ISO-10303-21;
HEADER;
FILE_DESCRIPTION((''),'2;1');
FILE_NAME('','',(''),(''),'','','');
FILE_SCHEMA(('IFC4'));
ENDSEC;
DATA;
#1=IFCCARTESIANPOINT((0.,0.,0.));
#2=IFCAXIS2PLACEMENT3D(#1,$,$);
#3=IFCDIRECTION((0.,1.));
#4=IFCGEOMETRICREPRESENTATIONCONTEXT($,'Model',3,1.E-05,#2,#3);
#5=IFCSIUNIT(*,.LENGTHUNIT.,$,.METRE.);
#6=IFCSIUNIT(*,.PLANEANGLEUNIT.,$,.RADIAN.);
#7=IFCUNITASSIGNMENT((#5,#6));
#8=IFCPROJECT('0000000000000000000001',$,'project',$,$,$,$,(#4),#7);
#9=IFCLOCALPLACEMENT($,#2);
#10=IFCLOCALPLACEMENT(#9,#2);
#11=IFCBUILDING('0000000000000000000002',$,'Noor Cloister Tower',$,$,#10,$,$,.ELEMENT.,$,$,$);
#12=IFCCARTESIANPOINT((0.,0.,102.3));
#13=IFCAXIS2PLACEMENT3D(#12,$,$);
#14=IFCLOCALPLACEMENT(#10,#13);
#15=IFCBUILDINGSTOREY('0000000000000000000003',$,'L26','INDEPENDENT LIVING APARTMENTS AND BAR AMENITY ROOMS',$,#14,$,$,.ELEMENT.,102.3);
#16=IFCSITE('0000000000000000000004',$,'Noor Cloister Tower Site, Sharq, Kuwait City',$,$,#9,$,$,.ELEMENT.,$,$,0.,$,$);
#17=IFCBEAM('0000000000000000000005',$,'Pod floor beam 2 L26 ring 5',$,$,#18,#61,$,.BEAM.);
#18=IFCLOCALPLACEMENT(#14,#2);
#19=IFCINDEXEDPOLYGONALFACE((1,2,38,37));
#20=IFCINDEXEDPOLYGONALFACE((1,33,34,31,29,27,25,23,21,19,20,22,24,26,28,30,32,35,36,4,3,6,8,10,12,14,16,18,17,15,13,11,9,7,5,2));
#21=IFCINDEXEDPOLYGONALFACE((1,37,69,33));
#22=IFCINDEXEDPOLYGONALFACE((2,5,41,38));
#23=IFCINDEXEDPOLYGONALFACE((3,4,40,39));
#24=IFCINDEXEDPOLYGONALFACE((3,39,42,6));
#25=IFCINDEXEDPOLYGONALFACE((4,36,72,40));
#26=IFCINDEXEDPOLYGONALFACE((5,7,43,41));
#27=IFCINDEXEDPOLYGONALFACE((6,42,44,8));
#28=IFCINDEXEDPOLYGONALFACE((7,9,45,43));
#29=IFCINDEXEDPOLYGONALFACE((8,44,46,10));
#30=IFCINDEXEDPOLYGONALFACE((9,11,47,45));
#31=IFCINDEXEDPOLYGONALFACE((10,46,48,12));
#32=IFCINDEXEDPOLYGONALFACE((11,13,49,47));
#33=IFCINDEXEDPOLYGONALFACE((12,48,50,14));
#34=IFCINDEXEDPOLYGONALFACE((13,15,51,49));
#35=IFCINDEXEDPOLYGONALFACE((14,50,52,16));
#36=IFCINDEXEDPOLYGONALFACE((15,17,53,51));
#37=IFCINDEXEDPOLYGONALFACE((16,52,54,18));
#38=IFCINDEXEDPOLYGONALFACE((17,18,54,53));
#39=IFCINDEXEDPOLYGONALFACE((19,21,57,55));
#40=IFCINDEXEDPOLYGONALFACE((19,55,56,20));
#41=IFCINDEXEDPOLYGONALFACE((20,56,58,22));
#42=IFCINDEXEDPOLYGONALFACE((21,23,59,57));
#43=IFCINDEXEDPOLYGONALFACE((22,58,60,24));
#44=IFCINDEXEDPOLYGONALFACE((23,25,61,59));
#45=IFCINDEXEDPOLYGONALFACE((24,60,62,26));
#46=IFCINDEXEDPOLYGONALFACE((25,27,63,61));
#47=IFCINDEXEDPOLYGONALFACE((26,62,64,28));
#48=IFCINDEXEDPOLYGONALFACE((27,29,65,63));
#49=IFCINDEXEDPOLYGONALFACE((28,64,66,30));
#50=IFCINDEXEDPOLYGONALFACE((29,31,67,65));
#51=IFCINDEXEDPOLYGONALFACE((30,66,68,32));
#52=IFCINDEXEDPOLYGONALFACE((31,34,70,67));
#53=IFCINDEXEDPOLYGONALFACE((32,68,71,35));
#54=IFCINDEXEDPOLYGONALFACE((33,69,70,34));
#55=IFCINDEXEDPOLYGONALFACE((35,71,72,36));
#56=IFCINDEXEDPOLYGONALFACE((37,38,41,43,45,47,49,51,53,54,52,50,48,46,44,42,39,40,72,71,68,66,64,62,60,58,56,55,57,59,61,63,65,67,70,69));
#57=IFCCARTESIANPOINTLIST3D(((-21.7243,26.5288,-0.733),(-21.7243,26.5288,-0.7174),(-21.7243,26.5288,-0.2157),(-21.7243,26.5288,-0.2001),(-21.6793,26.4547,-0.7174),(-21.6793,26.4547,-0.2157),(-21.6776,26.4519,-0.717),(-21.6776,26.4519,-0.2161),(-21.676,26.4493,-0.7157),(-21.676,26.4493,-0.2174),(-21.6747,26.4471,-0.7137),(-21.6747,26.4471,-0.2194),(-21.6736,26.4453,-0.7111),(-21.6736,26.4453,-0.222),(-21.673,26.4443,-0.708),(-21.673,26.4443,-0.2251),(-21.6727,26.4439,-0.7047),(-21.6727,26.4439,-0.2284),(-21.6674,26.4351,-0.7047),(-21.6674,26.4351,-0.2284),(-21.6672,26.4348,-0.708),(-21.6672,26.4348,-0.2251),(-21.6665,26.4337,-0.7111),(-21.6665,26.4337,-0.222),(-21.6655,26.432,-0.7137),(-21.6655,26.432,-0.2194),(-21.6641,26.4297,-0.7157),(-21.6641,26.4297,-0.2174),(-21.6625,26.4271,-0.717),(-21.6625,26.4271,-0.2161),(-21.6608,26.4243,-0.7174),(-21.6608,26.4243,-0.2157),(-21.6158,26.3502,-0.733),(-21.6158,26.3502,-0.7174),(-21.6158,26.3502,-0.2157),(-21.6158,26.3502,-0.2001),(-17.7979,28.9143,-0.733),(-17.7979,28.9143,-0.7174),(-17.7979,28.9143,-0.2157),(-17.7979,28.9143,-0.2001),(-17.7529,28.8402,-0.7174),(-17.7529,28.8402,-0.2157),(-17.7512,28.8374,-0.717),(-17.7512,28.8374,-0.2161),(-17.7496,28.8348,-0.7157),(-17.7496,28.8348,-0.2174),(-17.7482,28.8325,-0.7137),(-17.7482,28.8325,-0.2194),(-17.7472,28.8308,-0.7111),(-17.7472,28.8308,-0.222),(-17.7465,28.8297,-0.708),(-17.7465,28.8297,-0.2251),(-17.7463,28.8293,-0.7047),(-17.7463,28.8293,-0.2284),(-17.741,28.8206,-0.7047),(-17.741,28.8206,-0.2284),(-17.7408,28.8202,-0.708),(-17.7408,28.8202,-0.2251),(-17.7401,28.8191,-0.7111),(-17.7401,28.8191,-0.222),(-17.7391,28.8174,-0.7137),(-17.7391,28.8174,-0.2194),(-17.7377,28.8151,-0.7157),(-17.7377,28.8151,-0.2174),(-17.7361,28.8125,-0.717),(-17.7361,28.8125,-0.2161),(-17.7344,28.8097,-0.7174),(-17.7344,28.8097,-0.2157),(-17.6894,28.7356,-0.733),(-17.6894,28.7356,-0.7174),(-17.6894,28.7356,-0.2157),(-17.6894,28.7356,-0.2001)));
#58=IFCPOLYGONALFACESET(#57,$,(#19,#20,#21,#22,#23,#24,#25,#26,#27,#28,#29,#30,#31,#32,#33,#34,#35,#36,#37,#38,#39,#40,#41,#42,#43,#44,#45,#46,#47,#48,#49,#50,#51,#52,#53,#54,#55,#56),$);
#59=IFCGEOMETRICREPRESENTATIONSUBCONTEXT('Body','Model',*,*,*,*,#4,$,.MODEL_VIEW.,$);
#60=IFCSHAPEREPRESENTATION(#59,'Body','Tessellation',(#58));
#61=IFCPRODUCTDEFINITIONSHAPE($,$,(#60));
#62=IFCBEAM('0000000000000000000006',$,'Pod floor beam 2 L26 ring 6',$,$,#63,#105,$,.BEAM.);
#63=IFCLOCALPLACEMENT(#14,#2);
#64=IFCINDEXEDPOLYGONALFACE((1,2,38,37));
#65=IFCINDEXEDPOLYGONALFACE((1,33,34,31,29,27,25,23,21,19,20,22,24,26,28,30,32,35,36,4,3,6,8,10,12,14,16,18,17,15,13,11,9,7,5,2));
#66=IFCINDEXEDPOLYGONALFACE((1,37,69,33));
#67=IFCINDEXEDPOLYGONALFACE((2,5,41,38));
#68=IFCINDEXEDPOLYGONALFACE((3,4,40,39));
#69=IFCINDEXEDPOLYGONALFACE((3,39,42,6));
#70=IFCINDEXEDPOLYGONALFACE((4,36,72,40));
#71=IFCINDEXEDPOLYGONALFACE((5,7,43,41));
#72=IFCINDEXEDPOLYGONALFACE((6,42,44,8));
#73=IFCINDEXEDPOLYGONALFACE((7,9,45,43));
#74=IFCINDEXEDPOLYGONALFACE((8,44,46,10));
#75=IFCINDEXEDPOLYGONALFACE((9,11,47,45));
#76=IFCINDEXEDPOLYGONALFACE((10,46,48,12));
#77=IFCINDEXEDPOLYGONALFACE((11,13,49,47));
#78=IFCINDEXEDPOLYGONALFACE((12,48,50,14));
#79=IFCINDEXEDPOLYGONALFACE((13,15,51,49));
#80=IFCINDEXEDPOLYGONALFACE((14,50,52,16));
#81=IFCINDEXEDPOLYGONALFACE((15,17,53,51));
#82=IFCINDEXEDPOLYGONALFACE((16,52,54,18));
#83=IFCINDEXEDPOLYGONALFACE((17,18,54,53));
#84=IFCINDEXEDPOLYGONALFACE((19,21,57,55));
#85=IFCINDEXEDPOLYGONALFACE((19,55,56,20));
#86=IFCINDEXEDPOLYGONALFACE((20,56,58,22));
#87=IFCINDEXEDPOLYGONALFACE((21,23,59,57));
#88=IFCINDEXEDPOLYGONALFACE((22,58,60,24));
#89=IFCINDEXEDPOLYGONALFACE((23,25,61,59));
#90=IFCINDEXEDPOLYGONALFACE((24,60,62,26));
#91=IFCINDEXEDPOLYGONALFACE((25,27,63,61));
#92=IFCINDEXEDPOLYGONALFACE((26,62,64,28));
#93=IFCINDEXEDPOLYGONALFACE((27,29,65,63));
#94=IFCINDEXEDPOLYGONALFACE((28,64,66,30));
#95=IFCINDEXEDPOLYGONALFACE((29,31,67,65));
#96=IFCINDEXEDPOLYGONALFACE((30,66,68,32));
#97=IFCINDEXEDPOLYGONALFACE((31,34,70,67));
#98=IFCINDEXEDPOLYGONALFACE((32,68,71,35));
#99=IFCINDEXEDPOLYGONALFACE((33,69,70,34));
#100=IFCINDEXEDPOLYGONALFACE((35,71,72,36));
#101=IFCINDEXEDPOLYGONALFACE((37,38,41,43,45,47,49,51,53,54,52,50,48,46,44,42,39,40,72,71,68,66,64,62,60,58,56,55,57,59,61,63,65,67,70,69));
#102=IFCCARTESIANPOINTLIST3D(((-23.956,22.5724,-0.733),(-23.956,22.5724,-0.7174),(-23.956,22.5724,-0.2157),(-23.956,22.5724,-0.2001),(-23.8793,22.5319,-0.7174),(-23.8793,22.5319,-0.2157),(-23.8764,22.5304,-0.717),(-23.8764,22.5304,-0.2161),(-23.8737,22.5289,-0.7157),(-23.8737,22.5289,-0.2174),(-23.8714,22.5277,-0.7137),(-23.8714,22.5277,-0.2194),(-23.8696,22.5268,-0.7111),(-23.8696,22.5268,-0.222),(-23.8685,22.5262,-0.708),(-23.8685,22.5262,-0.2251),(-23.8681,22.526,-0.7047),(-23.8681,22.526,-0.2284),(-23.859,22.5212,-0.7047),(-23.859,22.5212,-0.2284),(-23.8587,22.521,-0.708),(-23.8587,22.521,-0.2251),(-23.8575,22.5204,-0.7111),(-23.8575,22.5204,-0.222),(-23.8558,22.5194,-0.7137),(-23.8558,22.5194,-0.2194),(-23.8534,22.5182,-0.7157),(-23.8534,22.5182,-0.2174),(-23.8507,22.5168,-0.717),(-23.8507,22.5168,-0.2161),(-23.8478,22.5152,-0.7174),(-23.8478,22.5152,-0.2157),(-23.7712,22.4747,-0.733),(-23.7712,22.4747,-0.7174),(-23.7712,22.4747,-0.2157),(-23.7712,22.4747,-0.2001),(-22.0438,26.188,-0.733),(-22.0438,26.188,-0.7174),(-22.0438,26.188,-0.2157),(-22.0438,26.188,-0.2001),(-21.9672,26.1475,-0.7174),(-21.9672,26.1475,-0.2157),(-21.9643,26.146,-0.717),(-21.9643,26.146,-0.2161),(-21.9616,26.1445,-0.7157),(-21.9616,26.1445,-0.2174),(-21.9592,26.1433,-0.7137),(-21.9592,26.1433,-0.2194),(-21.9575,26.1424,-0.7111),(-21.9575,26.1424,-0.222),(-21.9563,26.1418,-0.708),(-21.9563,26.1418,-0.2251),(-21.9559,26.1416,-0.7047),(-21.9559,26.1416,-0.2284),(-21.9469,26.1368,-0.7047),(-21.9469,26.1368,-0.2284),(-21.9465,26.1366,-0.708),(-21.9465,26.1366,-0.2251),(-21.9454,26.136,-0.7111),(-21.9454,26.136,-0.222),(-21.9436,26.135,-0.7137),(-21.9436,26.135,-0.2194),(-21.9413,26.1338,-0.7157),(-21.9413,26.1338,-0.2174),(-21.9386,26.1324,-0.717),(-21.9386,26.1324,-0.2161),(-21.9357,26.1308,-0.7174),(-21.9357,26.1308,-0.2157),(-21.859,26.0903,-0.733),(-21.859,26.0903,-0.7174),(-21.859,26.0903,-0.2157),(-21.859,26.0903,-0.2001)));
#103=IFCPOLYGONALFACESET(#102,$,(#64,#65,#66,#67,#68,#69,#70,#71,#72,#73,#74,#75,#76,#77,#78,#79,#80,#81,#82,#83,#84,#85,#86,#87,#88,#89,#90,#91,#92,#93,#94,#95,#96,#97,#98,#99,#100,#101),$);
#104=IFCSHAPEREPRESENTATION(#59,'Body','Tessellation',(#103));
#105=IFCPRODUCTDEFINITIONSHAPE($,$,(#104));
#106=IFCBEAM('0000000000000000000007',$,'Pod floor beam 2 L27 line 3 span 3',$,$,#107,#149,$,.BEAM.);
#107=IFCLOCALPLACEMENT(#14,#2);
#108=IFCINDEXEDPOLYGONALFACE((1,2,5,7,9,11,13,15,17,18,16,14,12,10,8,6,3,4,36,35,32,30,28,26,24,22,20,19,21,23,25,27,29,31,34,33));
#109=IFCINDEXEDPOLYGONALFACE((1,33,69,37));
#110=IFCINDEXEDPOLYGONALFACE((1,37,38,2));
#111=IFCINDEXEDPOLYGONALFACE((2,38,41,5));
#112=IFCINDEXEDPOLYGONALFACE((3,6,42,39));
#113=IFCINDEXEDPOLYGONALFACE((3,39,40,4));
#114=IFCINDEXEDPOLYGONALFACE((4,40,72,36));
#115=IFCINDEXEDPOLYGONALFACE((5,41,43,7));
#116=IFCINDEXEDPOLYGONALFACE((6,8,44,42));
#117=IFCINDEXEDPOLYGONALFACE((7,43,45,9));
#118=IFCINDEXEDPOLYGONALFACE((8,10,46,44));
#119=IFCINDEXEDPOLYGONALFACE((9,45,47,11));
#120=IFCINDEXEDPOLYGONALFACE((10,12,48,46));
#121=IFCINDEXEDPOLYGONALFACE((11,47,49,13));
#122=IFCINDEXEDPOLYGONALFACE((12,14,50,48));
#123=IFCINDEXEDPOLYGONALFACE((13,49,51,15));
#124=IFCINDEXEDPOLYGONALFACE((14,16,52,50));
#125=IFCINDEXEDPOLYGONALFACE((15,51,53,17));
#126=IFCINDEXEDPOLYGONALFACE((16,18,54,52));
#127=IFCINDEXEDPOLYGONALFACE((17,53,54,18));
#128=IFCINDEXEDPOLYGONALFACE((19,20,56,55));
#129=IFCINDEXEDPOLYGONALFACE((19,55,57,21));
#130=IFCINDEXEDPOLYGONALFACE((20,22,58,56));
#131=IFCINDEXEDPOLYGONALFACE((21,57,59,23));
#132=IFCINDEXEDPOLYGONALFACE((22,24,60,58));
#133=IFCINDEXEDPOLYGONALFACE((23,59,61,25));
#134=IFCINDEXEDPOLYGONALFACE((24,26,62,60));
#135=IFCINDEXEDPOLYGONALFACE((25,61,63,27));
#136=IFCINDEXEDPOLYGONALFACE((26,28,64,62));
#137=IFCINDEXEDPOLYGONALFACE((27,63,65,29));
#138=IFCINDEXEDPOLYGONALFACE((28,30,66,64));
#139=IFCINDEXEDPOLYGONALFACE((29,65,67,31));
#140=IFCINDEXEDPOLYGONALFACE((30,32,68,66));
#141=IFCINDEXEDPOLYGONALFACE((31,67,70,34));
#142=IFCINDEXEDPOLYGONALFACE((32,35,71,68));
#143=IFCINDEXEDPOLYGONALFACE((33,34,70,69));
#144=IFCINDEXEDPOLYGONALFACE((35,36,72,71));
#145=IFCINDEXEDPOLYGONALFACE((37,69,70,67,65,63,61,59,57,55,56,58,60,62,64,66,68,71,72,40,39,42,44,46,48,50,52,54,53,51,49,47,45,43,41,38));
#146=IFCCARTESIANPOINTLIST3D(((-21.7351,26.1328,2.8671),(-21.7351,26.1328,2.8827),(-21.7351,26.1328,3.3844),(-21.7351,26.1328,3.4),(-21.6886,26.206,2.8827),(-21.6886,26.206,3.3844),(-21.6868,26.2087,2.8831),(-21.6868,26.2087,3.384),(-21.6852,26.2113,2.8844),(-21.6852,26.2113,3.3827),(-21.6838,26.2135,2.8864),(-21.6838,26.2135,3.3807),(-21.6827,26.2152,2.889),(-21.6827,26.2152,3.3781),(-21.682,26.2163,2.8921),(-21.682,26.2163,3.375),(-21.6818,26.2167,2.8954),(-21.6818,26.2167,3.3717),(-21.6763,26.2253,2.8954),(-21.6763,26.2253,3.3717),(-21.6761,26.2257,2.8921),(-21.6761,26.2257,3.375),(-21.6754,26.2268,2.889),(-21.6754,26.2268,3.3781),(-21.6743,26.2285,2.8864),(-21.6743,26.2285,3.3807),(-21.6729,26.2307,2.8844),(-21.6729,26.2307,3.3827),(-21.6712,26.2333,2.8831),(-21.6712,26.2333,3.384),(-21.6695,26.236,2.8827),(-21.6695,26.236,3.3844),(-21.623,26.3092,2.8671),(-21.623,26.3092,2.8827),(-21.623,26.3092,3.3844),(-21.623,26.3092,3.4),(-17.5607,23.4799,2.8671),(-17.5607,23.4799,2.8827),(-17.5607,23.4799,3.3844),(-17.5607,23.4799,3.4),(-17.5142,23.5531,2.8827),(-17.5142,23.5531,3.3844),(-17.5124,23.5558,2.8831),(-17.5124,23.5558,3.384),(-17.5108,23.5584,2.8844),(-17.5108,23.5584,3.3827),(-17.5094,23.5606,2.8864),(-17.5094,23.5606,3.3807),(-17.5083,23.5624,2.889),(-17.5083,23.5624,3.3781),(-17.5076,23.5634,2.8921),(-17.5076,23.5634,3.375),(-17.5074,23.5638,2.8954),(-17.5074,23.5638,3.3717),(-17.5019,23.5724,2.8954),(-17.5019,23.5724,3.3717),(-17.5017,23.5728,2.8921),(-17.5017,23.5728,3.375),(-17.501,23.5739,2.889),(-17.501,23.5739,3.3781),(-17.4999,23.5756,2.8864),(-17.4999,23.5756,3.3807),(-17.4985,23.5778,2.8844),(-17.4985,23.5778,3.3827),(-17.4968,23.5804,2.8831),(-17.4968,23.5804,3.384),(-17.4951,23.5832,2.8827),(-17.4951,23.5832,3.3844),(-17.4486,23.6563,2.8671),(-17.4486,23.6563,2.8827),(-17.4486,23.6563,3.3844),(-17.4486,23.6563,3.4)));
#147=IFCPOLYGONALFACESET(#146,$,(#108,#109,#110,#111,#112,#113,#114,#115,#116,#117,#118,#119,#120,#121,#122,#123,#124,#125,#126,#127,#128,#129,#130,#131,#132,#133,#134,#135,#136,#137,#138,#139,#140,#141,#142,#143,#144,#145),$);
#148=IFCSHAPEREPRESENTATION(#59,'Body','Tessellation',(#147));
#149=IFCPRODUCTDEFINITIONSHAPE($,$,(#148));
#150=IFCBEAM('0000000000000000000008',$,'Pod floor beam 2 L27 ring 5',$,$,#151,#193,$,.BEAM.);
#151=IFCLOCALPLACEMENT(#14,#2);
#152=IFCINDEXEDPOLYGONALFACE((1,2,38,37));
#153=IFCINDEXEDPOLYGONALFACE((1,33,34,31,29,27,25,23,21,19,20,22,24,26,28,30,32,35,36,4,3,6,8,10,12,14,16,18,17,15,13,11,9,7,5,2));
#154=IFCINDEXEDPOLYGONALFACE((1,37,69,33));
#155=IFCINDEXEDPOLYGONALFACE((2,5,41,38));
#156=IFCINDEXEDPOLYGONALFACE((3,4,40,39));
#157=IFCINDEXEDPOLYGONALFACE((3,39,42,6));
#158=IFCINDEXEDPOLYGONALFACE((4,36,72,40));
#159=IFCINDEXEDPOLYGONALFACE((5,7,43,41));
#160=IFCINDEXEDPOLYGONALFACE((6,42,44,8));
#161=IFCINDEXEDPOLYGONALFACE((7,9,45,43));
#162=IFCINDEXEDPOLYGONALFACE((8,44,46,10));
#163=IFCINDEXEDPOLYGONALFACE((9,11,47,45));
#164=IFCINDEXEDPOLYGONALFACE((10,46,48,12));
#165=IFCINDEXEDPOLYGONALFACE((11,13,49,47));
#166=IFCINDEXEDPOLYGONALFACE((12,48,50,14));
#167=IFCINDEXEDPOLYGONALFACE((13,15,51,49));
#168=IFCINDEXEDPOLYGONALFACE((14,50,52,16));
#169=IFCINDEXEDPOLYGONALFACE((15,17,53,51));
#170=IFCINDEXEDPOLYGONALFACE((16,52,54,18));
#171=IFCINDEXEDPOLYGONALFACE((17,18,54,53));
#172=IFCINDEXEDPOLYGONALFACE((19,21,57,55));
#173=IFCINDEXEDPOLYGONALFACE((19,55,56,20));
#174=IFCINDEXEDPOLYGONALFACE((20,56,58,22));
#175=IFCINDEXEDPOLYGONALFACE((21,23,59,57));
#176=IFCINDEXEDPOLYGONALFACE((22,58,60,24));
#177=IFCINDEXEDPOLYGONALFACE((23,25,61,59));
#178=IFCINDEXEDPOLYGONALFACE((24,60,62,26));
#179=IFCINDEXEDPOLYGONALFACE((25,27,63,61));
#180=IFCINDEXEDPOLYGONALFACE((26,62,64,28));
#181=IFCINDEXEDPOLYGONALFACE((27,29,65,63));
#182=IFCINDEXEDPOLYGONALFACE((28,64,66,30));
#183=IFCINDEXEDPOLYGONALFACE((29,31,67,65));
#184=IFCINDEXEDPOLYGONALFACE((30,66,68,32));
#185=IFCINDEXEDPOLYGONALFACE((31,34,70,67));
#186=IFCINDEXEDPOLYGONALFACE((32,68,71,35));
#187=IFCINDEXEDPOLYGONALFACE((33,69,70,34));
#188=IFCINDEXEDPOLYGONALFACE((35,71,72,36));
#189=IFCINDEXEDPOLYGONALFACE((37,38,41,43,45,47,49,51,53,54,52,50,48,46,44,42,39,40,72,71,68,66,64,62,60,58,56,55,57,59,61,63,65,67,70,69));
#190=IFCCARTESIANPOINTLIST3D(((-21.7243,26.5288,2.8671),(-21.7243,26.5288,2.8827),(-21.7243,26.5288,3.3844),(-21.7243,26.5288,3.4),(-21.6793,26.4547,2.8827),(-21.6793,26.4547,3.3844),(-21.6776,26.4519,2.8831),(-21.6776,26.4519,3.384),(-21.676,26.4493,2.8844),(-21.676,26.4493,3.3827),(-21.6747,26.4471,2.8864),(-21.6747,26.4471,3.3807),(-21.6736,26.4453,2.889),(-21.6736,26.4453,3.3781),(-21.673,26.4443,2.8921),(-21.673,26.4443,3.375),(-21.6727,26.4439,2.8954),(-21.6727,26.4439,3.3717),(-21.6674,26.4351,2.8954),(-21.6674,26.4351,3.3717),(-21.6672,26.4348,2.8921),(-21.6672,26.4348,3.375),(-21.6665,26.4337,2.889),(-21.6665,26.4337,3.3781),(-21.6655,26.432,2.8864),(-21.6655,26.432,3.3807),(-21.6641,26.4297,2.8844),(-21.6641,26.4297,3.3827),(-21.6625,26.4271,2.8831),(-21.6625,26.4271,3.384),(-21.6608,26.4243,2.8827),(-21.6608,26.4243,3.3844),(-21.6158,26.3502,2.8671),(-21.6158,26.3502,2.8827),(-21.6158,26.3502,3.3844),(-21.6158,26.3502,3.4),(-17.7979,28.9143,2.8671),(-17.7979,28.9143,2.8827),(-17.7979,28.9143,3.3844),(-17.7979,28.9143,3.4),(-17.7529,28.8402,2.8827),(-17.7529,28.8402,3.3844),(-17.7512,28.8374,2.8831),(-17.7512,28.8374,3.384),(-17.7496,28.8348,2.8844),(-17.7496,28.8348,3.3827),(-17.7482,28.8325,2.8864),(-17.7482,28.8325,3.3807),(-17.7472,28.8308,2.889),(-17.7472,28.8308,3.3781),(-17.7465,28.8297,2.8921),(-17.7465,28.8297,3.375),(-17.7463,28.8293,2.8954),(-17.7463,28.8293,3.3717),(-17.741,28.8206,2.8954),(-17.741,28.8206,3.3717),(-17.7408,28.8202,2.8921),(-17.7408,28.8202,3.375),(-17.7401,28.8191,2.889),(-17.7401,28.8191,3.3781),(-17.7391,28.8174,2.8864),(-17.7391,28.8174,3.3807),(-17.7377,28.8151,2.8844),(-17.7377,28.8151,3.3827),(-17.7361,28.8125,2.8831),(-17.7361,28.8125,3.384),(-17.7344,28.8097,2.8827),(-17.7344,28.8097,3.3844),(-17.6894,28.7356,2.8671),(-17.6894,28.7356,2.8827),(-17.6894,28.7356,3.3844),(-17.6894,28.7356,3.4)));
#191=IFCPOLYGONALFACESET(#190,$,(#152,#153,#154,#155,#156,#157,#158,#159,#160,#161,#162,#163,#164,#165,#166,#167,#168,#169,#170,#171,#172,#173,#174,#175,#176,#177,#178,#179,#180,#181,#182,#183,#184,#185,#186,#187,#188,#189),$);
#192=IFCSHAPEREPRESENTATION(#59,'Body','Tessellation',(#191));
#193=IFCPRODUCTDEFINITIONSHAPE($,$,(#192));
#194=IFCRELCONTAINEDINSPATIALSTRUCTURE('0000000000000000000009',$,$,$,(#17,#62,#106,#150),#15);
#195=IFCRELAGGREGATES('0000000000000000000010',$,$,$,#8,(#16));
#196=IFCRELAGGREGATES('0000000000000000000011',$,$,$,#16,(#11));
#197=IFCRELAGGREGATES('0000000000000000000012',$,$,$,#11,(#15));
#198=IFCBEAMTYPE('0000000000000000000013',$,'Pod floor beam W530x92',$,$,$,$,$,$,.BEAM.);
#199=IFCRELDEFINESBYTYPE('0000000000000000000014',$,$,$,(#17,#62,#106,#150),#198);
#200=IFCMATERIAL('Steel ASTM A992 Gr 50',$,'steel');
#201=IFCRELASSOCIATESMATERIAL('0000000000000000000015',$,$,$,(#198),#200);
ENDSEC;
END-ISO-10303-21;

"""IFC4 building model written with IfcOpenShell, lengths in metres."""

from ifc_helpers import new_model, si_unit, direction, frame, origin, origin_2d, place, context, subcontext, project, spatial, i_section, extrude, material, material_profile, profile_set, type_object, element, save


model = new_model("IFC4")

# Units and contexts
model_context = context("Model", 3, precision=1e-05, world=origin(), true_north=direction((0.0, 1.0)))
body_context = subcontext(model_context, "Body", "Model", "MODEL_VIEW")
ifc_project = project(units=[si_unit("LENGTHUNIT", "METRE"), si_unit("PLANEANGLEUNIT", "RADIAN")], contexts=[model_context])

# Site, building, storey
site_placement = place(None, origin())
site = spatial("IfcSite", under=ifc_project, at=site_placement, Name="Noor Cloister Tower Site, Sharq, Kuwait City", CompositionType="ELEMENT", RefElevation=0.0)
building_placement = place(site_placement, origin())
building = spatial("IfcBuilding", under=site, at=building_placement, Name="Noor Cloister Tower", CompositionType="ELEMENT")
storey_placement = place(building_placement, frame((0.0, 0.0, 102.3)))
storey = spatial("IfcBuildingStorey", under=building, at=storey_placement, Name="L26", Description="INDEPENDENT LIVING APARTMENTS AND BAR AMENITY ROOMS", CompositionType="ELEMENT", Elevation=102.3)

# Beams
ifc_material_1 = material(Name="Steel ASTM A992 Gr 50", Category="steel")
ifc_material_profile_1 = material_profile(ifc_material_1, i_section(OverallWidth=0.209, OverallDepth=0.533, WebThickness=0.0103, FlangeThickness=0.0156, FilletRadius=0.0127, at=origin_2d()), Name="W530x92")
ifc_profile_set_1 = profile_set([ifc_material_profile_1], Name="Steel ASTM A992 Gr 50")
beam_type = type_object("IfcBeamType", Name="Pod floor beam W530x92", PredefinedType="BEAM", material=ifc_profile_set_1)
beam_1_placement = place(storey_placement, frame((-17.7437, 28.825, -0.4666), z_axis=(-0.854638, -0.519224, 0.0), x_axis=(0.519224, -0.854638, 0.0)))
element("IfcBeam", 1, at=beam_1_placement, inside=storey, type_object=beam_type, Name="Pod floor beam 2 L26 ring 5", PredefinedType="BEAM", context=body_context, shape_type="SweptSolid", body=[
    extrude(i_section(OverallWidth=0.209, OverallDepth=0.533, WebThickness=0.0103, FlangeThickness=0.0156, FilletRadius=0.0127, at=origin_2d()), origin(), (0.0, 0.0, 1.0), 4.5942),
])
beam_2_placement = place(storey_placement, frame((-21.9514, 26.1392, -0.4666), z_axis=(-0.467512, -0.883987, 0.0), x_axis=(0.883987, -0.467512, 0.0)))
element("IfcBeam", 2, at=beam_2_placement, inside=storey, type_object=beam_type, Name="Pod floor beam 2 L26 ring 6", PredefinedType="BEAM", context=body_context, shape_type="SweptSolid", body=[
    extrude(i_section(OverallWidth=0.209, OverallDepth=0.533, WebThickness=0.0103, FlangeThickness=0.0156, FilletRadius=0.0127, at=origin_2d()), origin(), (0.0, 0.0, 1.0), 4.0901),
])
beam_3_placement = place(storey_placement, frame((-17.5046, 23.5681, 3.1335), z_axis=(-0.843987, 0.536364, 0.0), x_axis=(-0.536364, -0.843987, 0.0)))
element("IfcBeam", 3, at=beam_3_placement, inside=storey, type_object=beam_type, Name="Pod floor beam 2 L27 line 3 span 3", PredefinedType="BEAM", context=body_context, shape_type="SweptSolid", body=[
    extrude(i_section(OverallWidth=0.209, OverallDepth=0.533, WebThickness=0.0103, FlangeThickness=0.0156, FilletRadius=0.0127, at=origin_2d()), origin(), (0.0, 0.0, 1.0), 4.946),
])
beam_4_placement = place(storey_placement, frame((-17.7437, 28.825, 3.1335), z_axis=(-0.854638, -0.519224, 0.0), x_axis=(0.519224, -0.854638, 0.0)))
element("IfcBeam", 4, at=beam_4_placement, inside=storey, type_object=beam_type, Name="Pod floor beam 2 L27 ring 5", PredefinedType="BEAM", context=body_context, shape_type="SweptSolid", body=[
    extrude(i_section(OverallWidth=0.209, OverallDepth=0.533, WebThickness=0.0103, FlangeThickness=0.0156, FilletRadius=0.0127, at=origin_2d()), origin(), (0.0, 0.0, 1.0), 4.5942),
])

save(model, "model.ifc")
